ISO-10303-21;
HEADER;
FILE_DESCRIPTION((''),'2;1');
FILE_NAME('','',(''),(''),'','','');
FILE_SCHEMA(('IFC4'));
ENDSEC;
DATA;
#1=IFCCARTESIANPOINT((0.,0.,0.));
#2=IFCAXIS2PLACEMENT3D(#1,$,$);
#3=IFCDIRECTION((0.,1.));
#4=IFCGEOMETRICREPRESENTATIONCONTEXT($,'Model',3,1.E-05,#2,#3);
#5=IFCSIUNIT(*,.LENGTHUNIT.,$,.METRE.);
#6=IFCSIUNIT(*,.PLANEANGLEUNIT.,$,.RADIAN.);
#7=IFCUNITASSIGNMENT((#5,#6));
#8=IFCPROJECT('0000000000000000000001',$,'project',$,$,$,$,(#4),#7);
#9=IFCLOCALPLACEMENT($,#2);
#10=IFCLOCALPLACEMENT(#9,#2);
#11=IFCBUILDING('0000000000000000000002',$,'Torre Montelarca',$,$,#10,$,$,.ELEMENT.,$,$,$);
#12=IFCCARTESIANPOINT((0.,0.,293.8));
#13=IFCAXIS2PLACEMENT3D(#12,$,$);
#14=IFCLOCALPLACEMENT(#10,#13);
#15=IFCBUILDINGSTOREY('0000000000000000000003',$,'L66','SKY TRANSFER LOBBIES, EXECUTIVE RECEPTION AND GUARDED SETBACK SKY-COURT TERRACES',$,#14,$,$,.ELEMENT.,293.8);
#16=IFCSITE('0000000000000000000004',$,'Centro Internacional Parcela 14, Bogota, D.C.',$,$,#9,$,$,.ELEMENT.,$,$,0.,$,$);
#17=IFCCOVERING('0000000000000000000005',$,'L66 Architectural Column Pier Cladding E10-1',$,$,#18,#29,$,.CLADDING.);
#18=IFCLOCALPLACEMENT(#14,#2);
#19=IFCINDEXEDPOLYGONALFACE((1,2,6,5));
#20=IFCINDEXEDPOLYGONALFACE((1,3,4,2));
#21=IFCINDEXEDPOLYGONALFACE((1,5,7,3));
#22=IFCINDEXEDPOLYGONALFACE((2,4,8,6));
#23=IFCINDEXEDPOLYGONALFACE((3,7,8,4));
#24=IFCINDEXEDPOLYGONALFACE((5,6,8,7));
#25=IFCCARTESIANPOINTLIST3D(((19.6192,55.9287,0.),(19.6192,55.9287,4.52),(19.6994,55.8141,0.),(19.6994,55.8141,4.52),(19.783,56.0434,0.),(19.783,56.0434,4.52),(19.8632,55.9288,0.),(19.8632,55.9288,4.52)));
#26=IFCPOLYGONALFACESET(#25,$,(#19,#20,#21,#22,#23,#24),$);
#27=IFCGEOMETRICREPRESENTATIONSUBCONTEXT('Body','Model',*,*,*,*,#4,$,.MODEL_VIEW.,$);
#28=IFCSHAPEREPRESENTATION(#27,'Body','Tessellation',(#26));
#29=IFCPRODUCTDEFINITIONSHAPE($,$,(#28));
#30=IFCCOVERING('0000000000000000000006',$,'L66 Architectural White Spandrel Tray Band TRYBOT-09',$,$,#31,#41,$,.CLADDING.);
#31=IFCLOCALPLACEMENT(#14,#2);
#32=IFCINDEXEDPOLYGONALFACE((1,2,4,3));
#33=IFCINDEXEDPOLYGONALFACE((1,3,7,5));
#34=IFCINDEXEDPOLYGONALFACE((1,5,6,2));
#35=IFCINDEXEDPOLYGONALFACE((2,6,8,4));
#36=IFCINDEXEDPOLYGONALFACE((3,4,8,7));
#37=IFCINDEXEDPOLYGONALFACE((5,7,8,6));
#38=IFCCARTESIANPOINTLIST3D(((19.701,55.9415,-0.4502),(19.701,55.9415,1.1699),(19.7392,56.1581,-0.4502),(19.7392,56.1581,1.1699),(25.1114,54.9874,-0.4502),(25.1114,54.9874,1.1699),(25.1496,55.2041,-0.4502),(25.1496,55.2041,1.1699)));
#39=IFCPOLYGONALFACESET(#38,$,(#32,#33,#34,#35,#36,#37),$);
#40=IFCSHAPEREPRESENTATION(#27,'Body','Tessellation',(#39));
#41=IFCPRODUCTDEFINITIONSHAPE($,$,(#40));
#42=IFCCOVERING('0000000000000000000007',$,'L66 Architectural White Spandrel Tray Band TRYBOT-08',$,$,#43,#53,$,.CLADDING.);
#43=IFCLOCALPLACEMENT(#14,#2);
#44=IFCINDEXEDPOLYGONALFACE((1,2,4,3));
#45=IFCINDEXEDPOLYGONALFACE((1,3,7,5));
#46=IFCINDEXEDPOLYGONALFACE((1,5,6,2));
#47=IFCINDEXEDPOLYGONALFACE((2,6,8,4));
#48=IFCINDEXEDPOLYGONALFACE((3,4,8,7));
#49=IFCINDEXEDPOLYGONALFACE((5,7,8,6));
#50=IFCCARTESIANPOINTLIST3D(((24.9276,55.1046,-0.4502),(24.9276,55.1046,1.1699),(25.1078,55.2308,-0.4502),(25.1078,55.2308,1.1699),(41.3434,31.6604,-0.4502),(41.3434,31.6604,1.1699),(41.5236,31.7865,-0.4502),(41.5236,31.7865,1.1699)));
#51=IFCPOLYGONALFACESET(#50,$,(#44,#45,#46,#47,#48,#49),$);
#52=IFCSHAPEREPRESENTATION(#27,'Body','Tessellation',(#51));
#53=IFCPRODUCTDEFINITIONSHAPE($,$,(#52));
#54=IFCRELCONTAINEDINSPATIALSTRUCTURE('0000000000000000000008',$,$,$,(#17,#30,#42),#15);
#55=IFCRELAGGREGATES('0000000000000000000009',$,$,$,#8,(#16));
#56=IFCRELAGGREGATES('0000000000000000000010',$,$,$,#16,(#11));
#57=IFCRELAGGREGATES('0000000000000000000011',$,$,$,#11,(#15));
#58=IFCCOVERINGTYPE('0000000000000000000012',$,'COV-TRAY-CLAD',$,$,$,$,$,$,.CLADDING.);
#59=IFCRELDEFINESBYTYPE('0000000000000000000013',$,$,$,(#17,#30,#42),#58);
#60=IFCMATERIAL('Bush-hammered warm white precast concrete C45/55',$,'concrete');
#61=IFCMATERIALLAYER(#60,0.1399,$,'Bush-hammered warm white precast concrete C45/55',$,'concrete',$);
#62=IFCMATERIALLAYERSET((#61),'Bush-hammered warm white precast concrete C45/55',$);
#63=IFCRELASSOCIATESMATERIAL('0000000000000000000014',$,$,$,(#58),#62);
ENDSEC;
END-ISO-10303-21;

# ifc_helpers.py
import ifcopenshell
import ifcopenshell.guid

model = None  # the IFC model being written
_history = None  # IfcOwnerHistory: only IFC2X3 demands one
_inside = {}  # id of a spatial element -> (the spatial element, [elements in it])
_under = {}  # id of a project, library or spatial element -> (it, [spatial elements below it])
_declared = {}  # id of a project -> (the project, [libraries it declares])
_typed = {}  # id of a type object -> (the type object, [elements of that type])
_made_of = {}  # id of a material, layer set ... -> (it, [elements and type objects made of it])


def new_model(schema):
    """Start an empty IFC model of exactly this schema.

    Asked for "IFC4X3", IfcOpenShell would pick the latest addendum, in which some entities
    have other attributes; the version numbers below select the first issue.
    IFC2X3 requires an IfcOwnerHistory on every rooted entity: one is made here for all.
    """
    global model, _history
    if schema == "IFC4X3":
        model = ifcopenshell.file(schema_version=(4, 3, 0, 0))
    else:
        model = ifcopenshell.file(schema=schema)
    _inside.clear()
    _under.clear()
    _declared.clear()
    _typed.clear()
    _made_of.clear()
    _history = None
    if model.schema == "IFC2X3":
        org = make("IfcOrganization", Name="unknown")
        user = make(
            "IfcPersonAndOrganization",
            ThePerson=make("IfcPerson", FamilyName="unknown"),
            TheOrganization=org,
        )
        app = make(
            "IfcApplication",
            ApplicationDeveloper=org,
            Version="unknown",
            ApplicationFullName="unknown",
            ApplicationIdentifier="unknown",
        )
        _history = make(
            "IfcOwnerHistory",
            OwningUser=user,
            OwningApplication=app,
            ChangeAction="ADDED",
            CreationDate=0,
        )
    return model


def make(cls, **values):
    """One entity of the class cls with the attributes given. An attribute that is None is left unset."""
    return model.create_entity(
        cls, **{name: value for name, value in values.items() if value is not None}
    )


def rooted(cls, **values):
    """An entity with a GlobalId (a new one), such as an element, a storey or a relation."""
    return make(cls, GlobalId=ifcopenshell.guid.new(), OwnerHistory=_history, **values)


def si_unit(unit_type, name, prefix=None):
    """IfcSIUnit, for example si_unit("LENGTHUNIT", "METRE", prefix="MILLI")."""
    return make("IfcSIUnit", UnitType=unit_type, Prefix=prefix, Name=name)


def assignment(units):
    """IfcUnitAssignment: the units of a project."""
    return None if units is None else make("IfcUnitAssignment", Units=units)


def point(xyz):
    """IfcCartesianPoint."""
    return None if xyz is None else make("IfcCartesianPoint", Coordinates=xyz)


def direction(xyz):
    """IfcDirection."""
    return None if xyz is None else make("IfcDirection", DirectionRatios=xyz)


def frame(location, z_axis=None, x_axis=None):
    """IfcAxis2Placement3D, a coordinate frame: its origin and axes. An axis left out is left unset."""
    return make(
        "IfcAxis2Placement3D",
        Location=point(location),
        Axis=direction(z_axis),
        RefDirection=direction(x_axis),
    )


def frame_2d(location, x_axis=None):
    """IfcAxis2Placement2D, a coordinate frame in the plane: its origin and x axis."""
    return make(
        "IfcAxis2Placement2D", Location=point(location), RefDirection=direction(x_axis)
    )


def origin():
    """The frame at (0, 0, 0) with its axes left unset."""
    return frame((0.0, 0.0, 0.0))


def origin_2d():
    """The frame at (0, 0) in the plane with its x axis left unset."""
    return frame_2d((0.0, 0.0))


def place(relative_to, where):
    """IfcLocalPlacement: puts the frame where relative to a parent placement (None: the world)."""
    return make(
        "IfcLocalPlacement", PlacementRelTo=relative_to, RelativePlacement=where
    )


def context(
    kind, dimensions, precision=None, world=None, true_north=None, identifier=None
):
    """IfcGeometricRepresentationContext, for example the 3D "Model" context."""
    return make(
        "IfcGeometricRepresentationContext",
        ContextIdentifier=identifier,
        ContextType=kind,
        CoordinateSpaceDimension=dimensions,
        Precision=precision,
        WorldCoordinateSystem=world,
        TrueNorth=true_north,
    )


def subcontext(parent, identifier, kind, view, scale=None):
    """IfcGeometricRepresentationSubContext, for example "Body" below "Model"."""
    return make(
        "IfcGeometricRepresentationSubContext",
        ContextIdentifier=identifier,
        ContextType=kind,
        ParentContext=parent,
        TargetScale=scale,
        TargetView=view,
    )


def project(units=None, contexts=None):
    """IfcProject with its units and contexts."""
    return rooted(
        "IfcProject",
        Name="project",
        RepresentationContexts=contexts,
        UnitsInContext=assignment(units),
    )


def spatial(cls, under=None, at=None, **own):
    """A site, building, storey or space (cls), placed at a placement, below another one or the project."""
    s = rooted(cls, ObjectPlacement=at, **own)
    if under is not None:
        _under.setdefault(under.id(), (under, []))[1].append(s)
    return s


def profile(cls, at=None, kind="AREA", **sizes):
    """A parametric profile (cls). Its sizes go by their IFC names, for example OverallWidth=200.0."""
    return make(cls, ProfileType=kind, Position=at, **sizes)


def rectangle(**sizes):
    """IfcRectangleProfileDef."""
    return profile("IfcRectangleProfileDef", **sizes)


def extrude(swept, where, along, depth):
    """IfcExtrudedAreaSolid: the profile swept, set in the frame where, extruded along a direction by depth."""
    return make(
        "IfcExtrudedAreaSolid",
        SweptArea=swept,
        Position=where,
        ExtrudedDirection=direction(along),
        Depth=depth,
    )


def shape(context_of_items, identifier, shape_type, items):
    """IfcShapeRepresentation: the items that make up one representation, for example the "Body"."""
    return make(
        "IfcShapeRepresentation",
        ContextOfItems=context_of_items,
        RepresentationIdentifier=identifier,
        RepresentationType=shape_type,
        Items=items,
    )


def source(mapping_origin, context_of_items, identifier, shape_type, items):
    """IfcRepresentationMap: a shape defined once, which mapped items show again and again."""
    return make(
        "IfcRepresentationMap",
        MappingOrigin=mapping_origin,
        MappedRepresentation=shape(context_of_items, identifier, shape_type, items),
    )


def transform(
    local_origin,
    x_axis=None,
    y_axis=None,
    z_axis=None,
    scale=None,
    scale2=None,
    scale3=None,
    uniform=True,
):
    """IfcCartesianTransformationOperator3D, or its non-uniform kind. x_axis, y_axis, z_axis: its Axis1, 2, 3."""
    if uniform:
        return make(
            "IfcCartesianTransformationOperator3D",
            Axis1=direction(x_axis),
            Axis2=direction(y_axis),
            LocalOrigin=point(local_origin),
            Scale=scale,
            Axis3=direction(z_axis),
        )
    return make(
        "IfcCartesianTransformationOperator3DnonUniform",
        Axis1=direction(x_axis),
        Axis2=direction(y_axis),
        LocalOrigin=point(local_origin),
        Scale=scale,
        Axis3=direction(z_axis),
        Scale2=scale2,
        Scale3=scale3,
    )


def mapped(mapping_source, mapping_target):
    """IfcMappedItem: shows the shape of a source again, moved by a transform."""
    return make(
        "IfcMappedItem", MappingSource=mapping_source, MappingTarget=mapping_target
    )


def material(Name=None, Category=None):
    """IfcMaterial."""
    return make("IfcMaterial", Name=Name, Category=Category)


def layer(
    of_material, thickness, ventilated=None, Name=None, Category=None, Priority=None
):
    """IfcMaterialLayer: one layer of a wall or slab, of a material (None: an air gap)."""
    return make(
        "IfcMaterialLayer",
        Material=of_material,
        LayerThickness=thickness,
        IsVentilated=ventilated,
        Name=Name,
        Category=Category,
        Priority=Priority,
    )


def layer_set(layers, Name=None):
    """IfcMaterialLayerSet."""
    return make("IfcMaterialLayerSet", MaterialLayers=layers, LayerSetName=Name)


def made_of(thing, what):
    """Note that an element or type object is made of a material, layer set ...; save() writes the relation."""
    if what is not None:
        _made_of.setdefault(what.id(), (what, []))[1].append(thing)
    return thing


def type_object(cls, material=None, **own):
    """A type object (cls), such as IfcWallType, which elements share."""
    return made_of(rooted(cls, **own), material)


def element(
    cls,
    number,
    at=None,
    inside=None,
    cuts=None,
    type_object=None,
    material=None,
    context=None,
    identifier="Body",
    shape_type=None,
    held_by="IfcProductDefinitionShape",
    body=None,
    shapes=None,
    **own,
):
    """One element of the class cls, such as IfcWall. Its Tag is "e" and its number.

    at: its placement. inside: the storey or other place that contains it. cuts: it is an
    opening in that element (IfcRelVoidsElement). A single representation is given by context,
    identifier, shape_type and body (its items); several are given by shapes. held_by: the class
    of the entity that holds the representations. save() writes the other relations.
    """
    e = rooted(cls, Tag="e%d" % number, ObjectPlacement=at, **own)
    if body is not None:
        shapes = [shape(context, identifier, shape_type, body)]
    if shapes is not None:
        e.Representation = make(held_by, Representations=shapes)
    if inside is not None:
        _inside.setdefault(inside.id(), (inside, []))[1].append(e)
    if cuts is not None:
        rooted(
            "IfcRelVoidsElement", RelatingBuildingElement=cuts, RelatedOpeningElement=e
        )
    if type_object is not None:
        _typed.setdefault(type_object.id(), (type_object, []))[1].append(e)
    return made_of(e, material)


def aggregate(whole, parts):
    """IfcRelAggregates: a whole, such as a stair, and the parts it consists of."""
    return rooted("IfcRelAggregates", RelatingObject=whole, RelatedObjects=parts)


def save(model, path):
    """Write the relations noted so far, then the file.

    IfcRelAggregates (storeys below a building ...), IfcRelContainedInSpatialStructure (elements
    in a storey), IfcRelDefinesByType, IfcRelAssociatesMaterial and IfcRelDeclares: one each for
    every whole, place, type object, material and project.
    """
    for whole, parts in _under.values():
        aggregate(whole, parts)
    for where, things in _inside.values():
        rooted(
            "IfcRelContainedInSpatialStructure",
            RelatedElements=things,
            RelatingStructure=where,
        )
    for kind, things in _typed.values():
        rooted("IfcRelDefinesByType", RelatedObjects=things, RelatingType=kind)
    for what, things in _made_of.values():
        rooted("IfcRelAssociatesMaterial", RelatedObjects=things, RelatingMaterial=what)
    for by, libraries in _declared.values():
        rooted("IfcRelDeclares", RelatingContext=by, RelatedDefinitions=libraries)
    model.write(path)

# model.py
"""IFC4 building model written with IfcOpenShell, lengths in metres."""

from ifc_helpers import new_model, si_unit, direction, frame, origin, origin_2d, place, context, subcontext, project, spatial, rectangle, extrude, source, transform, mapped, material, layer, layer_set, type_object, element, save


model = new_model("IFC4")

# Units and contexts
model_context = context("Model", 3, precision=1e-05, world=origin(), true_north=direction((0.0, 1.0)))
body_context = subcontext(model_context, "Body", "Model", "MODEL_VIEW")
ifc_project = project(units=[si_unit("LENGTHUNIT", "METRE"), si_unit("PLANEANGLEUNIT", "RADIAN")], contexts=[model_context])

# Site, building, storey
site_placement = place(None, origin())
site = spatial("IfcSite", under=ifc_project, at=site_placement, Name="Centro Internacional Parcela 14, Bogota, D.C.", CompositionType="ELEMENT", RefElevation=0.0)
building_placement = place(site_placement, origin())
building = spatial("IfcBuilding", under=site, at=building_placement, Name="Torre Montelarca", CompositionType="ELEMENT")
storey_placement = place(building_placement, frame((0.0, 0.0, 293.8)))
storey = spatial("IfcBuildingStorey", under=building, at=storey_placement, Name="L66", Description="SKY TRANSFER LOBBIES, EXECUTIVE RECEPTION AND GUARDED SETBACK SKY-COURT TERRACES", CompositionType="ELEMENT", Elevation=293.8)

# Coverings
ifc_material_1 = material(Name="Bush-hammered warm white precast concrete C45/55", Category="concrete")
ifc_layer_1 = layer(ifc_material_1, 0.1399, Name="Bush-hammered warm white precast concrete C45/55", Category="concrete")
ifc_layer_set_1 = layer_set([ifc_layer_1], Name="Bush-hammered warm white precast concrete C45/55")
covering_type = type_object("IfcCoveringType", Name="COV-TRAY-CLAD", PredefinedType="CLADDING", material=ifc_layer_set_1)
shared_shape_1 = source(origin(), body_context, "Body", "SweptSolid", [
    extrude(rectangle(XDim=0.2, YDim=0.1399, at=origin_2d()), origin(), (0.0, 0.0, 1.0), 4.52),
])
for number, where, z_axis, x_axis, name in (
    (1, (19.7412, 55.9287, 0.0), (0.0, 0.0, 1.0), (-0.819153, -0.573575, 0.0), "L66 Architectural Column Pier Cladding E10-1"),
):
    element("IfcCovering", number, at=place(storey_placement, frame(where, z_axis=z_axis, x_axis=x_axis)), inside=storey, type_object=covering_type, Name=name, PredefinedType="CLADDING", context=body_context, shape_type="MappedRepresentation", body=[
        mapped(shared_shape_1, transform((0.0, 0.0, 0.0), scale=1.0)),
    ])
shared_shape_2 = source(origin(), body_context, "Body", "SweptSolid", [
    extrude(rectangle(XDim=5.4939, YDim=0.22, at=origin_2d()), origin(), (0.0, 0.0, 1.0), 1.6201),
])
covering_1_placement = place(storey_placement, frame((22.4253, 55.5728, -0.4502), z_axis=(0.0, 0.0, 1.0), x_axis=(-0.984807, 0.173653, 0.0)))
element("IfcCovering", 2, at=covering_1_placement, inside=storey, type_object=covering_type, Name="L66 Architectural White Spandrel Tray Band TRYBOT-09", PredefinedType="CLADDING", context=body_context, shape_type="MappedRepresentation", body=[
    mapped(shared_shape_2, transform((0.0, 0.0, 0.0), scale=1.0)),
])
shared_shape_3 = source(origin(), body_context, "Body", "SweptSolid", [
    extrude(rectangle(XDim=28.6201, YDim=0.22, at=origin_2d()), origin(), (0.0, 0.0, 1.0), 1.6201),
])
covering_2_placement = place(storey_placement, frame((33.2256, 43.4456, -0.4502), z_axis=(0.0, 0.0, 1.0), x_axis=(-0.573576, 0.819152, 0.0)))
element("IfcCovering", 3, at=covering_2_placement, inside=storey, type_object=covering_type, Name="L66 Architectural White Spandrel Tray Band TRYBOT-08", PredefinedType="CLADDING", context=body_context, shape_type="MappedRepresentation", body=[
    mapped(shared_shape_3, transform((0.0, 0.0, 0.0), scale=1.0)),
])

save(model, "model.ifc")
